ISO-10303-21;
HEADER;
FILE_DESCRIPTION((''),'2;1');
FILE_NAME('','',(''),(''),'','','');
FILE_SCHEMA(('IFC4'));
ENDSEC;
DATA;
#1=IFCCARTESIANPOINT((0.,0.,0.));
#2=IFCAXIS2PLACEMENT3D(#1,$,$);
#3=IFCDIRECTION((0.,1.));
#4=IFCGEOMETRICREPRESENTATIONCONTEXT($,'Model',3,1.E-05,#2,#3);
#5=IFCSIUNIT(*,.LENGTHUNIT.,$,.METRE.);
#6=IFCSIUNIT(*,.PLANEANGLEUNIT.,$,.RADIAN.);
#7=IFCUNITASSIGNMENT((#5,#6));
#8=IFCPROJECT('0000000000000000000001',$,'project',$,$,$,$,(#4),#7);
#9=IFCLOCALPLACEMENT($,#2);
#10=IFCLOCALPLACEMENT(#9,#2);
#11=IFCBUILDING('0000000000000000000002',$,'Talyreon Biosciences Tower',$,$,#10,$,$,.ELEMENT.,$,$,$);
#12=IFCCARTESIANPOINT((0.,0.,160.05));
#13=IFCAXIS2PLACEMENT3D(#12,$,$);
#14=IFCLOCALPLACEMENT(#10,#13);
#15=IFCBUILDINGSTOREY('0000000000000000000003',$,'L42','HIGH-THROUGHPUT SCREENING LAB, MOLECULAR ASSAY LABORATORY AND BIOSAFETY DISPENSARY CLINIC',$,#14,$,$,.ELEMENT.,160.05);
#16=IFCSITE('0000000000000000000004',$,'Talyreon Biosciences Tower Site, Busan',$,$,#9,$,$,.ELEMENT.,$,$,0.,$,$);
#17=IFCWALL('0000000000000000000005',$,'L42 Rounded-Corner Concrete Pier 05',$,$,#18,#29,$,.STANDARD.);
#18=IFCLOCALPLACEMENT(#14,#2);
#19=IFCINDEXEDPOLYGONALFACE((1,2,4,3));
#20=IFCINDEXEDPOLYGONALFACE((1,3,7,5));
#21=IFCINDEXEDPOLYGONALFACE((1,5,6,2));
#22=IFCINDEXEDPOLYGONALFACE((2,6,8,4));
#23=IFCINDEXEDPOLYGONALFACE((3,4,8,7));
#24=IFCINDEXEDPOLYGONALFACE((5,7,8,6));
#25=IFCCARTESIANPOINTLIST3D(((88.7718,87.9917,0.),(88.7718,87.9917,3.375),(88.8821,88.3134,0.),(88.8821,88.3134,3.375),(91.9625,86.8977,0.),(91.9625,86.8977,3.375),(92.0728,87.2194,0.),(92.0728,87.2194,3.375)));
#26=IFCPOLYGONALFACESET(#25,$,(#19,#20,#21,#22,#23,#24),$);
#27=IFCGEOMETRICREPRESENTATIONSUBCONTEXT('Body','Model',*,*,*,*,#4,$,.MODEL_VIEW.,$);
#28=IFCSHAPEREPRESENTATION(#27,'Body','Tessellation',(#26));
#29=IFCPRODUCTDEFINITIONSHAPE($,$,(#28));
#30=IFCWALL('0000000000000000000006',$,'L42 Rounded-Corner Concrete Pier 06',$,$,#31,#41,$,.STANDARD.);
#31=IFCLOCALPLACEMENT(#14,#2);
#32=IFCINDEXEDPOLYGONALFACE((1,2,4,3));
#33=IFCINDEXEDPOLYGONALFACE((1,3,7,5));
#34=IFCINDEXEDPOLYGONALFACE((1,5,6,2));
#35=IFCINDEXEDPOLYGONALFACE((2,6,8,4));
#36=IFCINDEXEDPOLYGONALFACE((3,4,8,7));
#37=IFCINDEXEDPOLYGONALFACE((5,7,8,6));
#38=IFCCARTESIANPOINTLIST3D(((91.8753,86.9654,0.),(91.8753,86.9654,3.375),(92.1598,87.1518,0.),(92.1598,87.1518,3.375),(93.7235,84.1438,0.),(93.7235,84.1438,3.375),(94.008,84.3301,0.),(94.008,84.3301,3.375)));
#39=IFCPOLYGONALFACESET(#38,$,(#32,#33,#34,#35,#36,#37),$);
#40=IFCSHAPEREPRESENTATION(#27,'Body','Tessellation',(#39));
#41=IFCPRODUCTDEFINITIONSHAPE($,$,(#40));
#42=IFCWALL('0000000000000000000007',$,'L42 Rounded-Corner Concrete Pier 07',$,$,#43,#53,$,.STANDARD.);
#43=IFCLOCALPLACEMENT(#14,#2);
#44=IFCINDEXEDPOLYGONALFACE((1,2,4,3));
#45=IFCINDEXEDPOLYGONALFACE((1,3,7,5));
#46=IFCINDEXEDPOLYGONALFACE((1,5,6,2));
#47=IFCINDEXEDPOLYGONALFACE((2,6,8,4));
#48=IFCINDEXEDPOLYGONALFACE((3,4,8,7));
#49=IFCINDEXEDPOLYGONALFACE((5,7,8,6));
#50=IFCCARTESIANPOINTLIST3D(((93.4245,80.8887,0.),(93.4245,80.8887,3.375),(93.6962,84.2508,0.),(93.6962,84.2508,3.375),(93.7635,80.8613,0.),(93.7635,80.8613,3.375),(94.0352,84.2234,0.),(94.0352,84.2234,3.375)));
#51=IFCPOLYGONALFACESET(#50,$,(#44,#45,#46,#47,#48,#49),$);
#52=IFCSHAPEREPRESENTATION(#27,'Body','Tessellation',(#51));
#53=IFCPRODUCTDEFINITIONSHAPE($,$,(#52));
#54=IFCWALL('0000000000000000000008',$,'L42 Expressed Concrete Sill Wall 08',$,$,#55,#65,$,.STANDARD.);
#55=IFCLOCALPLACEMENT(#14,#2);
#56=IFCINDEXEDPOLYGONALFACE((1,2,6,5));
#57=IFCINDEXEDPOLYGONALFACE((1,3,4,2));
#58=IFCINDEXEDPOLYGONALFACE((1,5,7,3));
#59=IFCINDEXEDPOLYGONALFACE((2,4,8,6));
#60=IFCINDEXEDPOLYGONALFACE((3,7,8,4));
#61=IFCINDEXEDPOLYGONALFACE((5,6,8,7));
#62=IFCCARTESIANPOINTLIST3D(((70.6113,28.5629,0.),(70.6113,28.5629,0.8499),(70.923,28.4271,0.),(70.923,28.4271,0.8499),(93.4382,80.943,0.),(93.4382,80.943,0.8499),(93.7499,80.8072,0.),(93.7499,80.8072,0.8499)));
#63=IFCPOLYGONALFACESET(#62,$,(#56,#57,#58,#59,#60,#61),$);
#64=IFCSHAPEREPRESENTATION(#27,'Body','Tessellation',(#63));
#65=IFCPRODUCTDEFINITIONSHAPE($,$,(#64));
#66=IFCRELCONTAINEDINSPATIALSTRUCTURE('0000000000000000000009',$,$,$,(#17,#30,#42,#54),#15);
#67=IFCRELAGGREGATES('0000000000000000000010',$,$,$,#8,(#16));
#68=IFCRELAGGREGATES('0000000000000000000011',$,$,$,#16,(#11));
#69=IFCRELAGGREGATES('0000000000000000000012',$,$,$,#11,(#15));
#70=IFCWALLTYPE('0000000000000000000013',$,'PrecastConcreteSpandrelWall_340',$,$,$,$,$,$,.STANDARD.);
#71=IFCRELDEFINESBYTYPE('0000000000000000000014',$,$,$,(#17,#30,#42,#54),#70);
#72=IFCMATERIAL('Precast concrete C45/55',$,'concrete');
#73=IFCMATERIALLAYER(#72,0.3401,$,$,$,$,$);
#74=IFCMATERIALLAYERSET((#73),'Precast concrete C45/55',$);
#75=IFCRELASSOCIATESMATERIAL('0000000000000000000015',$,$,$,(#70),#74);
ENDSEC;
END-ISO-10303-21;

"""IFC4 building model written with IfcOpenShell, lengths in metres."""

from ifc_helpers import new_model, si_unit, direction, frame, frame_2d, origin, place, context, subcontext, project, spatial, rectangle, extrude, material, layer, layer_set, type_object, element, save


model = new_model("IFC4")

# Units and contexts
model_context = context("Model", 3, precision=1e-05, world=origin(), true_north=direction((0.0, 1.0)))
body_context = subcontext(model_context, "Body", "Model", "MODEL_VIEW")
ifc_project = project(units=[si_unit("LENGTHUNIT", "METRE"), si_unit("PLANEANGLEUNIT", "RADIAN")], contexts=[model_context])

# Site, building, storey
site_placement = place(None, origin())
site = spatial("IfcSite", under=ifc_project, at=site_placement, Name="Talyreon Biosciences Tower Site, Busan", CompositionType="ELEMENT", RefElevation=0.0)
building_placement = place(site_placement, origin())
building = spatial("IfcBuilding", under=site, at=building_placement, Name="Talyreon Biosciences Tower", CompositionType="ELEMENT")
storey_placement = place(building_placement, frame((0.0, 0.0, 160.05)))
storey = spatial("IfcBuildingStorey", under=building, at=storey_placement, Name="L42", Description="HIGH-THROUGHPUT SCREENING LAB, MOLECULAR ASSAY LABORATORY AND BIOSAFETY DISPENSARY CLINIC", CompositionType="ELEMENT", Elevation=160.05)

# Shared definitions
ifc_material_1 = material(Name="Precast concrete C45/55", Category="concrete")

# Walls
ifc_layer_1 = layer(ifc_material_1, 0.3401)
ifc_layer_set_1 = layer_set([ifc_layer_1], Name="Precast concrete C45/55")
wall_type_1 = type_object("IfcWallType", Name="PrecastConcreteSpandrelWall_340", PredefinedType="STANDARD", material=ifc_layer_set_1)
for number, where, z_axis, x_axis, name in (
    (1, (88.8269, 88.1526, 0.0), (0.0, 0.0, 1.0), (0.945942, -0.324337, 0.0), "L42 Rounded-Corner Concrete Pier 05"),
    (2, (92.0176, 87.0586, 0.0), (0.0, 0.0, 1.0), (0.547934, -0.836522, 0.0), "L42 Rounded-Corner Concrete Pier 06"),
    (3, (93.8657, 84.2371, 0.0), (0.0, 0.0, 1.0), (-0.080559, -0.99675, 0.0), "L42 Rounded-Corner Concrete Pier 07"),
):
    element("IfcWall", number, at=place(storey_placement, frame(where, z_axis=z_axis, x_axis=x_axis)), inside=storey, type_object=wall_type_1, Name=name, PredefinedType="STANDARD", context=body_context, shape_type="SweptSolid", body=[
        extrude(rectangle(XDim=3.373, YDim=0.3401, at=frame_2d((1.6865, 0.0))), origin(), (0.0, 0.0, 1.0), 3.375),
    ])
wall_1_placement = place(storey_placement, frame((93.594, 80.875, 0.0), z_axis=(0.0, 0.0, 1.0), x_axis=(-0.399505, -0.916731, 0.0)))
element("IfcWall", 4, at=wall_1_placement, inside=storey, type_object=wall_type_1, Name="L42 Expressed Concrete Sill Wall 08", PredefinedType="STANDARD", context=body_context, shape_type="SweptSolid", body=[
    extrude(rectangle(XDim=57.1379, YDim=0.3401, at=frame_2d((28.5688, 0.0))), origin(), (0.0, 0.0, 1.0), 0.8499),
])

save(model, "model.ifc")
